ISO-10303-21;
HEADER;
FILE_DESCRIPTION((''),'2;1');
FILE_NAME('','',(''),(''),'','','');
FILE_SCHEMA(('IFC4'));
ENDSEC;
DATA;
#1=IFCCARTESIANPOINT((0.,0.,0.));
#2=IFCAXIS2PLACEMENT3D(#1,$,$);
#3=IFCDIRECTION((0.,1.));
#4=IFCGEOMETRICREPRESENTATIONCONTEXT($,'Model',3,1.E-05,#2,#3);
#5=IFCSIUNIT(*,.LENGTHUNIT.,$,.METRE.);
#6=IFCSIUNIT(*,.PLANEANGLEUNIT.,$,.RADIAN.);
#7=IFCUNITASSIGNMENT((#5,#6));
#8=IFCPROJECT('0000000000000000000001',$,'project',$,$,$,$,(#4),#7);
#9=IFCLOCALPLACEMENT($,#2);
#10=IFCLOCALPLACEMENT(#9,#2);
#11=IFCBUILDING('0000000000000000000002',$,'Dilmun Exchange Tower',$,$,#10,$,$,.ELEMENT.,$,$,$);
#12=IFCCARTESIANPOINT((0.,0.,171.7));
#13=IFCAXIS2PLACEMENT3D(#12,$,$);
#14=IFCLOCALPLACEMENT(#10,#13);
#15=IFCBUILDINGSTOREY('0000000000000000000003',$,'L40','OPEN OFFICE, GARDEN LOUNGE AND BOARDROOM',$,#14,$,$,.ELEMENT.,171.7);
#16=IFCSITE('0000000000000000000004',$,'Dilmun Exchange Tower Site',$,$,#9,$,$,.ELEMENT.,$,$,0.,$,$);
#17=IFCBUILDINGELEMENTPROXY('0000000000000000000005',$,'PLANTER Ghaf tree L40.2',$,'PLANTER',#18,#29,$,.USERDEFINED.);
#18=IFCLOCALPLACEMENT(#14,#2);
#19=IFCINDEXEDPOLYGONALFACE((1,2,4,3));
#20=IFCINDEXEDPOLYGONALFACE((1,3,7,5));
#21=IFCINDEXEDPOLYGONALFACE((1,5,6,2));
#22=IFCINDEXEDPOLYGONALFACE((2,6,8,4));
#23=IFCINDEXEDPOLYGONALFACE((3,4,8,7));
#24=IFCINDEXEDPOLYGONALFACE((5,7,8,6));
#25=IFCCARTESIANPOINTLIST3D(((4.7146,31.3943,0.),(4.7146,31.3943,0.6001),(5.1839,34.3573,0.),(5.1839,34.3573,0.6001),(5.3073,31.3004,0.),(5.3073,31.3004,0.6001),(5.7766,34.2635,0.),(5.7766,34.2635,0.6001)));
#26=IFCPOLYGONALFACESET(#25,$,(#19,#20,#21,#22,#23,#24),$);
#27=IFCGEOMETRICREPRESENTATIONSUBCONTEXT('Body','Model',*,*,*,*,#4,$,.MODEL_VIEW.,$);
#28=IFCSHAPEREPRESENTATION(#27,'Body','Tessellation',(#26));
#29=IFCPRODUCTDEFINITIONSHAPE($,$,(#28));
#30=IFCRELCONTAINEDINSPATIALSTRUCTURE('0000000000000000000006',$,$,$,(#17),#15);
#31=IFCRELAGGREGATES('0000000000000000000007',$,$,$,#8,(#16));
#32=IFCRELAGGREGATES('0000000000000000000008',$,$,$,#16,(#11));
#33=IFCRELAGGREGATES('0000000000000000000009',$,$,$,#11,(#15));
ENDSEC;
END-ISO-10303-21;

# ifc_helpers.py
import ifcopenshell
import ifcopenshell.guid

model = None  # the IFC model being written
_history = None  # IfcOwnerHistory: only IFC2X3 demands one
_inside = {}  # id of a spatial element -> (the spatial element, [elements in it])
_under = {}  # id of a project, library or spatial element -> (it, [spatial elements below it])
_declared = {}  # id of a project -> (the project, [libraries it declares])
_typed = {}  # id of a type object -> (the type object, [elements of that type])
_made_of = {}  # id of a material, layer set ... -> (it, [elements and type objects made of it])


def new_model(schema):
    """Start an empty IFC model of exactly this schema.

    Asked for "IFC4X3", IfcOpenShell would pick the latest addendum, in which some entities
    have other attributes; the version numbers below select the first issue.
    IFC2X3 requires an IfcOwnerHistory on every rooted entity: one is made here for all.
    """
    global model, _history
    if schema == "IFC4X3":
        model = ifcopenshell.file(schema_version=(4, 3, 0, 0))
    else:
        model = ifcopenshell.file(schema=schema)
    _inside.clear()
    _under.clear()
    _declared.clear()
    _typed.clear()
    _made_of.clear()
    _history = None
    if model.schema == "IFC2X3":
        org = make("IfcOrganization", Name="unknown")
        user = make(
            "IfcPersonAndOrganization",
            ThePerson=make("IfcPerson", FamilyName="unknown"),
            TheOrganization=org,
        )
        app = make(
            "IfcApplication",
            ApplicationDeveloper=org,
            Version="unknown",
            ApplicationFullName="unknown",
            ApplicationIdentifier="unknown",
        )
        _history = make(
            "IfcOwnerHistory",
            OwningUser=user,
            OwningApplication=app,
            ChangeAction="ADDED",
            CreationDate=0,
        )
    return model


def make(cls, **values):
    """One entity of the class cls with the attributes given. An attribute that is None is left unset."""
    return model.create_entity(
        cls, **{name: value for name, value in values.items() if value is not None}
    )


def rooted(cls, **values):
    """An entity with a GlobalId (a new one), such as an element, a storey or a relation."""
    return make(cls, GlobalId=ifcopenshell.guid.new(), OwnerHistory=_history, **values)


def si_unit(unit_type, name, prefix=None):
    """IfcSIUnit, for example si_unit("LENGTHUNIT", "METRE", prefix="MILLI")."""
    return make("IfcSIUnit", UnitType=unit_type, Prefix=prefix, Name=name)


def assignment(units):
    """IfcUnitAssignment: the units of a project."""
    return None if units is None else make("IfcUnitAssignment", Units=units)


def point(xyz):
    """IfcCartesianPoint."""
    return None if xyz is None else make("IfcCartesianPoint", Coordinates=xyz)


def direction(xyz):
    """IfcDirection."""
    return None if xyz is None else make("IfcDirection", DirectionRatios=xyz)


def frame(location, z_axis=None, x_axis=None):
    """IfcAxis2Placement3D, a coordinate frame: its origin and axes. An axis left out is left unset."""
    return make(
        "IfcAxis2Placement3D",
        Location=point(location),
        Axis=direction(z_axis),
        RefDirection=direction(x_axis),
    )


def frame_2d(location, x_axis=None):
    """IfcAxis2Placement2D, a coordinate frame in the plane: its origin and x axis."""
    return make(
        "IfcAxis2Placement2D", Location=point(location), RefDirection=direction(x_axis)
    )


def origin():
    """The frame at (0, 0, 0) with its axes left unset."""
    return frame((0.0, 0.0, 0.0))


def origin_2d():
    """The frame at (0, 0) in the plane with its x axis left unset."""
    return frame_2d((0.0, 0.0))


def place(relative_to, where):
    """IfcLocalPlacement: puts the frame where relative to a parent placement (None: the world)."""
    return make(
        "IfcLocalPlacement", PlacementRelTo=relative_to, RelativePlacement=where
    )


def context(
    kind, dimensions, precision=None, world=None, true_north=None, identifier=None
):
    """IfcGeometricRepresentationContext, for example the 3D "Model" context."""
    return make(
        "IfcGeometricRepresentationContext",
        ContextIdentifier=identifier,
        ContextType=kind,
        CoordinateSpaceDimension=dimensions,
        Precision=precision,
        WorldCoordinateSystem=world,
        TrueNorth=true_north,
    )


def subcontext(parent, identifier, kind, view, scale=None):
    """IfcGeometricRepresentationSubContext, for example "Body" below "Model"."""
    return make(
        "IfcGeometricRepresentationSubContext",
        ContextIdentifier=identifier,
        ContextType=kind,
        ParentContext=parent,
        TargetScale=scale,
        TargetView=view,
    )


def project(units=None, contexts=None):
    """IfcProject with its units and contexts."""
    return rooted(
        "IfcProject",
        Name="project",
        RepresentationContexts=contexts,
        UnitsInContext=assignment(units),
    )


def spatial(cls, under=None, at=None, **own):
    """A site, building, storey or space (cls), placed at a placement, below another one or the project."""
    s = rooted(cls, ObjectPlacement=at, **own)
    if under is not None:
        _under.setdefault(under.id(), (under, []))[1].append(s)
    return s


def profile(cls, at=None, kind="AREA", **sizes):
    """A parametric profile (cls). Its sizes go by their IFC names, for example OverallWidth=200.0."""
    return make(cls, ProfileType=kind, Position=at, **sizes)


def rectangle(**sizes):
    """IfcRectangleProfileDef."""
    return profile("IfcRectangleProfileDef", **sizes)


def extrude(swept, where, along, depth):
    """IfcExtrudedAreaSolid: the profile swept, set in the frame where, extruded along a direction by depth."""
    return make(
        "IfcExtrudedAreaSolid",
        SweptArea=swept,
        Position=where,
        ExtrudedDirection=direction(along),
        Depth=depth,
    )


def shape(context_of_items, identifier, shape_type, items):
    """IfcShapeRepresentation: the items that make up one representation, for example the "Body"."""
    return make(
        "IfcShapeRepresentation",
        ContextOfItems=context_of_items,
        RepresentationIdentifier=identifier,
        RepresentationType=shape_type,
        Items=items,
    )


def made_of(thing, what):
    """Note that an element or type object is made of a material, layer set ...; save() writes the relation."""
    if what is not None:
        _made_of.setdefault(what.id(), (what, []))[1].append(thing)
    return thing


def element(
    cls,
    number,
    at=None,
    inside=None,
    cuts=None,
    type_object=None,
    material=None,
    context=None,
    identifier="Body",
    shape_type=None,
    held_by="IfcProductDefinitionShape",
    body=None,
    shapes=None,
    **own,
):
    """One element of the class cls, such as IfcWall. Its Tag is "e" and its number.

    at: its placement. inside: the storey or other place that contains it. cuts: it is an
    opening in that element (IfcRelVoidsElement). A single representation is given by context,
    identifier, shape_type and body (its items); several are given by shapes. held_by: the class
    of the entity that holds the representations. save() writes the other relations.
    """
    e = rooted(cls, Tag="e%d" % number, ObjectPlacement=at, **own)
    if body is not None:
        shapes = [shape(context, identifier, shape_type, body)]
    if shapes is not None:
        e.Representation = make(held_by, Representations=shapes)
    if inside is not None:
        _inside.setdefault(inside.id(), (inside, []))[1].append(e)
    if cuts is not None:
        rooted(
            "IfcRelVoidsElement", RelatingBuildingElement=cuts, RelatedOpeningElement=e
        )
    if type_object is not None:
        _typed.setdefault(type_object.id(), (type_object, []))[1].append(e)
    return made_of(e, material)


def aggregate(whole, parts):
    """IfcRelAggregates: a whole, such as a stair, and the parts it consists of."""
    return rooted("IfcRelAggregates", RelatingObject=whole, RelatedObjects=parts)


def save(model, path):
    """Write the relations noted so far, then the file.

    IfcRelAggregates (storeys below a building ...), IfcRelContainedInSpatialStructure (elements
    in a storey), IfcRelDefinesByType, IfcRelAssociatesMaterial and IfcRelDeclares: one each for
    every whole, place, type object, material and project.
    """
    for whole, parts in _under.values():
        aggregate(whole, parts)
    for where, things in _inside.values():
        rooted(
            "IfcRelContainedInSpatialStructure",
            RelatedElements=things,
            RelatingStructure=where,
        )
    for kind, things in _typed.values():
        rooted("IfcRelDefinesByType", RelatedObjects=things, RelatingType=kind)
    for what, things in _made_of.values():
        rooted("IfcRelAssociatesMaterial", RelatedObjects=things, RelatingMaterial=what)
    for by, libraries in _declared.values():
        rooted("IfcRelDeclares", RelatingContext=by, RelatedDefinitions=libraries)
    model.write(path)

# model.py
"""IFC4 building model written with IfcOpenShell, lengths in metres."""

from ifc_helpers import new_model, si_unit, direction, frame, origin, origin_2d, place, context, subcontext, project, spatial, rectangle, extrude, element, save


model = new_model("IFC4")

# Units and contexts
model_context = context("Model", 3, precision=1e-05, world=origin(), true_north=direction((0.0, 1.0)))
body_context = subcontext(model_context, "Body", "Model", "MODEL_VIEW")
ifc_project = project(units=[si_unit("LENGTHUNIT", "METRE"), si_unit("PLANEANGLEUNIT", "RADIAN")], contexts=[model_context])

# Site, building, storey
site_placement = place(None, origin())
site = spatial("IfcSite", under=ifc_project, at=site_placement, Name="Dilmun Exchange Tower Site", CompositionType="ELEMENT", RefElevation=0.0)
building_placement = place(site_placement, origin())
building = spatial("IfcBuilding", under=site, at=building_placement, Name="Dilmun Exchange Tower", CompositionType="ELEMENT")
storey_placement = place(building_placement, frame((0.0, 0.0, 171.7)))
storey = spatial("IfcBuildingStorey", under=building, at=storey_placement, Name="L40", Description="OPEN OFFICE, GARDEN LOUNGE AND BOARDROOM", CompositionType="ELEMENT", Elevation=171.7)

# Building element proxy
for number, where, z_axis, x_axis, name in (
    (1, (5.2456, 32.8289, 0.0), (0.0, 0.0, 1.0), (0.156434, 0.987688, 0.0), "PLANTER Ghaf tree L40.2"),
):
    element("IfcBuildingElementProxy", number, at=place(storey_placement, frame(where, z_axis=z_axis, x_axis=x_axis)), inside=storey, Name=name, ObjectType="PLANTER", PredefinedType="USERDEFINED", context=body_context, shape_type="SweptSolid", body=[
        extrude(rectangle(XDim=3.0, YDim=0.6001, at=origin_2d()), origin(), (0.0, 0.0, 1.0), 0.6001),
    ])

save(model, "model.ifc")
